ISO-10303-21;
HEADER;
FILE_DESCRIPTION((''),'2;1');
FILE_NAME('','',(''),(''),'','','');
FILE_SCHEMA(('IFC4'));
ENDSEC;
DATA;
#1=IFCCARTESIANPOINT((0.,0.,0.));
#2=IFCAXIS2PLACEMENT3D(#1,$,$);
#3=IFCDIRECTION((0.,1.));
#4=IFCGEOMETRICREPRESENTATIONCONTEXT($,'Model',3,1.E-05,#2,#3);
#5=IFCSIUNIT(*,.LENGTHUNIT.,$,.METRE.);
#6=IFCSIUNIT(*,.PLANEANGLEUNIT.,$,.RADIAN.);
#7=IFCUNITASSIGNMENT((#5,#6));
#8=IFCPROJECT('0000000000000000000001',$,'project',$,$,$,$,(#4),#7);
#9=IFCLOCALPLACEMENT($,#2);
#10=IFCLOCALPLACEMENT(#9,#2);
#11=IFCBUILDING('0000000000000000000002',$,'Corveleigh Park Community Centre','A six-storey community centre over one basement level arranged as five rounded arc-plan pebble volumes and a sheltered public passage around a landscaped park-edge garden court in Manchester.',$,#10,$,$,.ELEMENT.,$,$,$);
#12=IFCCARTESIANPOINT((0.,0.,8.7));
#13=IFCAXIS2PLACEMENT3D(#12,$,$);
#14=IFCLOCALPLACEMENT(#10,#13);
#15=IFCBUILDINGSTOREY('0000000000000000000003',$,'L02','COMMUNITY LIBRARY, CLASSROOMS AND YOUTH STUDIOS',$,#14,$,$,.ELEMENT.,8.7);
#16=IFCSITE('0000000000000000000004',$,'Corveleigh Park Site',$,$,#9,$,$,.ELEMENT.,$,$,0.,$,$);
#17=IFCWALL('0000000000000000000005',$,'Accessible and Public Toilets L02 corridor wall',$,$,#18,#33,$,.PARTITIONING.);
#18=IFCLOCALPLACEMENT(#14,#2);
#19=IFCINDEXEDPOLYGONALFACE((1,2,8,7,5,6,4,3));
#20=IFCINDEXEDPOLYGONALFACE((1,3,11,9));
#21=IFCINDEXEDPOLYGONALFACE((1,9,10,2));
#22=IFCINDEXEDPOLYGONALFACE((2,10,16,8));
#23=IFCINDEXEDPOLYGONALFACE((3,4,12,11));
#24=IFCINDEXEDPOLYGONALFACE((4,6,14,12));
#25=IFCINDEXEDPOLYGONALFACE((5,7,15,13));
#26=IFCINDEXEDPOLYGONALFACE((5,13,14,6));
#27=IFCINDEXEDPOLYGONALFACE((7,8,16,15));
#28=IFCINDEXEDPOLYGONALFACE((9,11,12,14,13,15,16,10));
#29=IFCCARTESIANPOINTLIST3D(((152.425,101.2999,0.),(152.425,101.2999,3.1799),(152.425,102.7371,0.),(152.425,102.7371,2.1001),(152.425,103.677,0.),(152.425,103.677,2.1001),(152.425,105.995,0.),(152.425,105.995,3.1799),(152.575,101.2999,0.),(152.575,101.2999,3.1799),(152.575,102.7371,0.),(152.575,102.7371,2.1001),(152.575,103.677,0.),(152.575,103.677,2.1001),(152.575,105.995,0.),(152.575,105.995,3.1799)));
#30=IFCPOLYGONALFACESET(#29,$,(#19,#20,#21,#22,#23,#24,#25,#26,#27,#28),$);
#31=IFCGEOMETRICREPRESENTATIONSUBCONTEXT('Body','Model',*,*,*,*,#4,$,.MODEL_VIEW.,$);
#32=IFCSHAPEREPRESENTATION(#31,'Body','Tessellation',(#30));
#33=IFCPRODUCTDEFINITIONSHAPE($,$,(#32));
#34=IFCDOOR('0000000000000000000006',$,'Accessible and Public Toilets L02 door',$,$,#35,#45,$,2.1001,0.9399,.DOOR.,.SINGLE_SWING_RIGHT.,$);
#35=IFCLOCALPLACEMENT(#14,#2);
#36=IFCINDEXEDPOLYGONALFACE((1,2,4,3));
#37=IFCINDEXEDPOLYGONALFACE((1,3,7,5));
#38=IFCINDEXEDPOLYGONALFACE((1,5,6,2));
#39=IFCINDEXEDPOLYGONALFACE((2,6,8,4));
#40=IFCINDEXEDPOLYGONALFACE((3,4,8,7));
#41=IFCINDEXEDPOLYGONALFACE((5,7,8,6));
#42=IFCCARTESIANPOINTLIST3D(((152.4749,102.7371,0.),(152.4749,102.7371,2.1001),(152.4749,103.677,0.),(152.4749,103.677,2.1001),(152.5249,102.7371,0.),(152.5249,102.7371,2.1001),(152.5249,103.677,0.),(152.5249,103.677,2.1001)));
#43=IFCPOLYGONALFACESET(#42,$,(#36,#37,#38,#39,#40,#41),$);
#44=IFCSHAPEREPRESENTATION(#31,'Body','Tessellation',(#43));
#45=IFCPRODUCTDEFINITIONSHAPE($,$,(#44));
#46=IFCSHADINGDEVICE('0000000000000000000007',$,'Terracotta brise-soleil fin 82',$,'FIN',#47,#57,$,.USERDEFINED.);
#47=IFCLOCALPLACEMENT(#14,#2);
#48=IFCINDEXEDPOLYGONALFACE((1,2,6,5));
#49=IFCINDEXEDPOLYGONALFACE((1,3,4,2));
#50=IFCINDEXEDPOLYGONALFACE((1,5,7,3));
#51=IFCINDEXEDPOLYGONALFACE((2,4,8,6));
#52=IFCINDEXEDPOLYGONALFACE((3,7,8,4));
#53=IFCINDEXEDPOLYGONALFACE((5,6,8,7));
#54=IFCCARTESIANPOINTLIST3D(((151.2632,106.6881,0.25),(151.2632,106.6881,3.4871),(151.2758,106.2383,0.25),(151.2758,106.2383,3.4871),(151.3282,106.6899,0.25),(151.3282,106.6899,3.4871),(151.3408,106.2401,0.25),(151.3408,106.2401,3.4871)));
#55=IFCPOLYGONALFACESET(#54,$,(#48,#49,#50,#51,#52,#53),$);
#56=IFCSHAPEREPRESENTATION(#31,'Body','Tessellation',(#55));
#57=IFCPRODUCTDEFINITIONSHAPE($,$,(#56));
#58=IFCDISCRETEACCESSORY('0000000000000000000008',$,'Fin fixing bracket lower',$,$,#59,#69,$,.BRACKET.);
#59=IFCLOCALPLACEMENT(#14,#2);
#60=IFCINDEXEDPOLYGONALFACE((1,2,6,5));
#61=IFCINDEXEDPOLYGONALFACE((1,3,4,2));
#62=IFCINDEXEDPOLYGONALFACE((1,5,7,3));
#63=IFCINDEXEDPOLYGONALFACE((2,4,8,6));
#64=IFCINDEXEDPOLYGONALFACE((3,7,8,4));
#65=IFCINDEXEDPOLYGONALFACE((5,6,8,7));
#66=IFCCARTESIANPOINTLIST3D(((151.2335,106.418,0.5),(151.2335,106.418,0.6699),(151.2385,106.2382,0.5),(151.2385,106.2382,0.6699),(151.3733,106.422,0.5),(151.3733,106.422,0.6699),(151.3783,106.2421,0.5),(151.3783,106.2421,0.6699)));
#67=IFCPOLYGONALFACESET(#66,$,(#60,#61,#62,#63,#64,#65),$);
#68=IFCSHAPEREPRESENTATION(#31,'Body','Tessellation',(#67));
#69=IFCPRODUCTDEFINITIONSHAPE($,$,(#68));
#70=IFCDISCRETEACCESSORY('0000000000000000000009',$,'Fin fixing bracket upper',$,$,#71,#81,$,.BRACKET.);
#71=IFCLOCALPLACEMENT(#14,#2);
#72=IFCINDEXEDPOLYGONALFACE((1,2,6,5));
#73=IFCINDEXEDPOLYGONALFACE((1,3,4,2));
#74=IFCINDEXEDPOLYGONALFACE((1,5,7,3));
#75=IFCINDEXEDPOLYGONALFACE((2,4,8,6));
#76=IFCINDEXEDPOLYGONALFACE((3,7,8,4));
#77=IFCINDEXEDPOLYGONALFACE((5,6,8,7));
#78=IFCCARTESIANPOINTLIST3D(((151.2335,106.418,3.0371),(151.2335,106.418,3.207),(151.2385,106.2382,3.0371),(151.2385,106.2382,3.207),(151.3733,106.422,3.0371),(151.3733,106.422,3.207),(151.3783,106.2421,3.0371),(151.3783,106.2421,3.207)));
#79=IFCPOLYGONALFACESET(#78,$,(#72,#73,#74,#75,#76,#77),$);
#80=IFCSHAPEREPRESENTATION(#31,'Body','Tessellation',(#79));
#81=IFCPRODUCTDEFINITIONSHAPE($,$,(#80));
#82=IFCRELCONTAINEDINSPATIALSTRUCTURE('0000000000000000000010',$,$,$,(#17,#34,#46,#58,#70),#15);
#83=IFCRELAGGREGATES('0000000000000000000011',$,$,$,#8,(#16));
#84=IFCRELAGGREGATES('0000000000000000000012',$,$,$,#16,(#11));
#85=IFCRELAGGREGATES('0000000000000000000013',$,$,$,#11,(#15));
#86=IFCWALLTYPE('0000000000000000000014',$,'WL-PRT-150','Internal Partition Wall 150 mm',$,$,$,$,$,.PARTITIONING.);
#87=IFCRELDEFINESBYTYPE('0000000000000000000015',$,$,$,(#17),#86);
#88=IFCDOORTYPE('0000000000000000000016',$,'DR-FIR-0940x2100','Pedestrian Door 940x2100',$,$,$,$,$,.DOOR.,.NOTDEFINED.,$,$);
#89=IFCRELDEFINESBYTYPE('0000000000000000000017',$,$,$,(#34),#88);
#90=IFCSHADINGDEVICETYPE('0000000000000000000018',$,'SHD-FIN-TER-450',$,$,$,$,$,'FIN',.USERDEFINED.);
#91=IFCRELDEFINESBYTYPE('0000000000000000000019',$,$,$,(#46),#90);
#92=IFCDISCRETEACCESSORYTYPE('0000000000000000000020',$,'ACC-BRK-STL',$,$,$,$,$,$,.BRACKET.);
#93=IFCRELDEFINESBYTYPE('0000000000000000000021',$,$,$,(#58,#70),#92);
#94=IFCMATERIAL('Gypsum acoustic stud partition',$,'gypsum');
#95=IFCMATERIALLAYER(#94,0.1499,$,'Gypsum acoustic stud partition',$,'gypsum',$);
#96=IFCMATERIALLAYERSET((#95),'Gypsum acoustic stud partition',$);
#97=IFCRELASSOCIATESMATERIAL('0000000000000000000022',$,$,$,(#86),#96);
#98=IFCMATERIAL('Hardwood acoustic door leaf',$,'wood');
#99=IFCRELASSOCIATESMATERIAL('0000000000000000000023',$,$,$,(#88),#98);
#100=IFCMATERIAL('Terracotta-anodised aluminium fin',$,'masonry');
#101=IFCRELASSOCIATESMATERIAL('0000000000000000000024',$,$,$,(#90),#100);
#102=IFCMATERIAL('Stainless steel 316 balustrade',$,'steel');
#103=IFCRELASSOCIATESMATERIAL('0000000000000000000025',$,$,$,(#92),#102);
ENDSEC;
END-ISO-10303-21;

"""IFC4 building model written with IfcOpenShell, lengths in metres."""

from ifc_helpers import new_model, si_unit, direction, frame, frame_2d, origin, origin_2d, place, context, subcontext, project, spatial, rectangle, extrude, material, layer, layer_set, type_object, element, fill, save


model = new_model("IFC4")

# Units and contexts
model_context = context("Model", 3, precision=1e-05, world=origin(), true_north=direction((0.0, 1.0)))
body_context = subcontext(model_context, "Body", "Model", "MODEL_VIEW")
ifc_project = project(units=[si_unit("LENGTHUNIT", "METRE"), si_unit("PLANEANGLEUNIT", "RADIAN")], contexts=[model_context])

# Site, building, storey
site_placement = place(None, origin())
site = spatial("IfcSite", under=ifc_project, at=site_placement, Name="Corveleigh Park Site", CompositionType="ELEMENT", RefElevation=0.0)
building_placement = place(site_placement, origin())
building = spatial("IfcBuilding", under=site, at=building_placement, Name="Corveleigh Park Community Centre", Description="A six-storey community centre over one basement level arranged as five rounded arc-plan pebble volumes and a sheltered public passage around a landscaped park-edge garden court in Manchester.", CompositionType="ELEMENT")
storey_placement = place(building_placement, frame((0.0, 0.0, 8.7)))
storey = spatial("IfcBuildingStorey", under=building, at=storey_placement, Name="L02", Description="COMMUNITY LIBRARY, CLASSROOMS AND YOUTH STUDIOS", CompositionType="ELEMENT", Elevation=8.7)

# Wall, opening, door
ifc_material_1 = material(Name="Gypsum acoustic stud partition", Category="gypsum")
ifc_layer_1 = layer(ifc_material_1, 0.1499, Name="Gypsum acoustic stud partition", Category="gypsum")
ifc_layer_set_1 = layer_set([ifc_layer_1], Name="Gypsum acoustic stud partition")
wall_type_1 = type_object("IfcWallType", Name="WL-PRT-150", Description="Internal Partition Wall 150 mm", PredefinedType="PARTITIONING", material=ifc_layer_set_1)
wall_1_placement = place(storey_placement, frame((152.5, 105.9951, 0.0), z_axis=(0.0, 0.0, 1.0), x_axis=(0.0, -1.0, 0.0)))
wall_1 = element("IfcWall", 1, at=wall_1_placement, inside=storey, type_object=wall_type_1, Name="Accessible and Public Toilets L02 corridor wall", PredefinedType="PARTITIONING", context=body_context, shape_type="SweptSolid", body=[
    extrude(rectangle(XDim=4.6951, YDim=0.1499, at=frame_2d((2.3477, 0.0))), origin(), (0.0, 0.0, 1.0), 3.1799),
])
opening_placement = place(wall_1_placement, frame((2.3181, 0.0, 0.0)))
opening = element("IfcOpeningElement", 2, at=opening_placement, cuts=wall_1, PredefinedType="OPENING", context=body_context, shape_type="SweptSolid", body=[
    extrude(rectangle(XDim=0.9399, YDim=2.1001, at=frame_2d((0.47, 1.05))), frame((0.0, 0.085, 0.0), z_axis=(0.0, -1.0, 0.0), x_axis=(1.0, 0.0, 0.0)), (0.0, 0.0, 1.0), 0.1699),
])
ifc_material_2 = material(Name="Hardwood acoustic door leaf", Category="wood")
door_type = type_object("IfcDoorType", Name="DR-FIR-0940x2100", Description="Pedestrian Door 940x2100", OperationType="NOTDEFINED", PredefinedType="DOOR", material=ifc_material_2)
door_placement = place(opening_placement, origin())
door = element("IfcDoor", 3, at=door_placement, inside=storey, type_object=door_type, Name="Accessible and Public Toilets L02 door", OperationType="SINGLE_SWING_RIGHT", OverallHeight=2.1001, OverallWidth=0.9399, PredefinedType="DOOR", context=body_context, shape_type="SweptSolid", body=[
    extrude(rectangle(XDim=0.9399, YDim=2.1001, at=frame_2d((0.47, 1.05))), frame((0.0, 0.0249, 0.0), z_axis=(0.0, -1.0, 0.0), x_axis=(1.0, 0.0, 0.0)), (0.0, 0.0, 1.0), 0.05),
])
fill(opening, door)

# Shading device
ifc_material_3 = material(Name="Terracotta-anodised aluminium fin", Category="masonry")
shading_device_type = type_object("IfcShadingDeviceType", Name="SHD-FIN-TER-450", ElementType="FIN", PredefinedType="USERDEFINED", material=ifc_material_3)
shading_device_placement = place(storey_placement, frame((151.302, 106.4641, 0.25), z_axis=(0.0, 0.0, 1.0), x_axis=(-0.028005, 0.999608, 0.0)))
element("IfcShadingDevice", 4, at=shading_device_placement, inside=storey, type_object=shading_device_type, Name="Terracotta brise-soleil fin 82", ObjectType="FIN", PredefinedType="USERDEFINED", context=body_context, shape_type="SweptSolid", body=[
    extrude(rectangle(XDim=0.45, YDim=0.0649, at=origin_2d()), origin(), (0.0, 0.0, 1.0), 3.2371),
])

# Discrete accessories
ifc_material_4 = material(Name="Stainless steel 316 balustrade", Category="steel")
discrete_accessory_type = type_object("IfcDiscreteAccessoryType", Name="ACC-BRK-STL", PredefinedType="BRACKET", material=ifc_material_4)
for number, where, z_axis, x_axis, name in (
    (5, (151.3059, 106.3301, 0.5), (0.0, 0.0, 1.0), (-0.028005, 0.999608, 0.0), "Fin fixing bracket lower"),
    (6, (151.3059, 106.3301, 3.0371), (0.0, 0.0, 1.0), (-0.028005, 0.999608, 0.0), "Fin fixing bracket upper"),
):
    element("IfcDiscreteAccessory", number, at=place(storey_placement, frame(where, z_axis=z_axis, x_axis=x_axis)), inside=storey, type_object=discrete_accessory_type, Name=name, PredefinedType="BRACKET", context=body_context, shape_type="SweptSolid", body=[
        extrude(rectangle(XDim=0.1799, YDim=0.1399, at=origin_2d()), origin(), (0.0, 0.0, 1.0), 0.1699),
    ])

save(model, "model.ifc")
